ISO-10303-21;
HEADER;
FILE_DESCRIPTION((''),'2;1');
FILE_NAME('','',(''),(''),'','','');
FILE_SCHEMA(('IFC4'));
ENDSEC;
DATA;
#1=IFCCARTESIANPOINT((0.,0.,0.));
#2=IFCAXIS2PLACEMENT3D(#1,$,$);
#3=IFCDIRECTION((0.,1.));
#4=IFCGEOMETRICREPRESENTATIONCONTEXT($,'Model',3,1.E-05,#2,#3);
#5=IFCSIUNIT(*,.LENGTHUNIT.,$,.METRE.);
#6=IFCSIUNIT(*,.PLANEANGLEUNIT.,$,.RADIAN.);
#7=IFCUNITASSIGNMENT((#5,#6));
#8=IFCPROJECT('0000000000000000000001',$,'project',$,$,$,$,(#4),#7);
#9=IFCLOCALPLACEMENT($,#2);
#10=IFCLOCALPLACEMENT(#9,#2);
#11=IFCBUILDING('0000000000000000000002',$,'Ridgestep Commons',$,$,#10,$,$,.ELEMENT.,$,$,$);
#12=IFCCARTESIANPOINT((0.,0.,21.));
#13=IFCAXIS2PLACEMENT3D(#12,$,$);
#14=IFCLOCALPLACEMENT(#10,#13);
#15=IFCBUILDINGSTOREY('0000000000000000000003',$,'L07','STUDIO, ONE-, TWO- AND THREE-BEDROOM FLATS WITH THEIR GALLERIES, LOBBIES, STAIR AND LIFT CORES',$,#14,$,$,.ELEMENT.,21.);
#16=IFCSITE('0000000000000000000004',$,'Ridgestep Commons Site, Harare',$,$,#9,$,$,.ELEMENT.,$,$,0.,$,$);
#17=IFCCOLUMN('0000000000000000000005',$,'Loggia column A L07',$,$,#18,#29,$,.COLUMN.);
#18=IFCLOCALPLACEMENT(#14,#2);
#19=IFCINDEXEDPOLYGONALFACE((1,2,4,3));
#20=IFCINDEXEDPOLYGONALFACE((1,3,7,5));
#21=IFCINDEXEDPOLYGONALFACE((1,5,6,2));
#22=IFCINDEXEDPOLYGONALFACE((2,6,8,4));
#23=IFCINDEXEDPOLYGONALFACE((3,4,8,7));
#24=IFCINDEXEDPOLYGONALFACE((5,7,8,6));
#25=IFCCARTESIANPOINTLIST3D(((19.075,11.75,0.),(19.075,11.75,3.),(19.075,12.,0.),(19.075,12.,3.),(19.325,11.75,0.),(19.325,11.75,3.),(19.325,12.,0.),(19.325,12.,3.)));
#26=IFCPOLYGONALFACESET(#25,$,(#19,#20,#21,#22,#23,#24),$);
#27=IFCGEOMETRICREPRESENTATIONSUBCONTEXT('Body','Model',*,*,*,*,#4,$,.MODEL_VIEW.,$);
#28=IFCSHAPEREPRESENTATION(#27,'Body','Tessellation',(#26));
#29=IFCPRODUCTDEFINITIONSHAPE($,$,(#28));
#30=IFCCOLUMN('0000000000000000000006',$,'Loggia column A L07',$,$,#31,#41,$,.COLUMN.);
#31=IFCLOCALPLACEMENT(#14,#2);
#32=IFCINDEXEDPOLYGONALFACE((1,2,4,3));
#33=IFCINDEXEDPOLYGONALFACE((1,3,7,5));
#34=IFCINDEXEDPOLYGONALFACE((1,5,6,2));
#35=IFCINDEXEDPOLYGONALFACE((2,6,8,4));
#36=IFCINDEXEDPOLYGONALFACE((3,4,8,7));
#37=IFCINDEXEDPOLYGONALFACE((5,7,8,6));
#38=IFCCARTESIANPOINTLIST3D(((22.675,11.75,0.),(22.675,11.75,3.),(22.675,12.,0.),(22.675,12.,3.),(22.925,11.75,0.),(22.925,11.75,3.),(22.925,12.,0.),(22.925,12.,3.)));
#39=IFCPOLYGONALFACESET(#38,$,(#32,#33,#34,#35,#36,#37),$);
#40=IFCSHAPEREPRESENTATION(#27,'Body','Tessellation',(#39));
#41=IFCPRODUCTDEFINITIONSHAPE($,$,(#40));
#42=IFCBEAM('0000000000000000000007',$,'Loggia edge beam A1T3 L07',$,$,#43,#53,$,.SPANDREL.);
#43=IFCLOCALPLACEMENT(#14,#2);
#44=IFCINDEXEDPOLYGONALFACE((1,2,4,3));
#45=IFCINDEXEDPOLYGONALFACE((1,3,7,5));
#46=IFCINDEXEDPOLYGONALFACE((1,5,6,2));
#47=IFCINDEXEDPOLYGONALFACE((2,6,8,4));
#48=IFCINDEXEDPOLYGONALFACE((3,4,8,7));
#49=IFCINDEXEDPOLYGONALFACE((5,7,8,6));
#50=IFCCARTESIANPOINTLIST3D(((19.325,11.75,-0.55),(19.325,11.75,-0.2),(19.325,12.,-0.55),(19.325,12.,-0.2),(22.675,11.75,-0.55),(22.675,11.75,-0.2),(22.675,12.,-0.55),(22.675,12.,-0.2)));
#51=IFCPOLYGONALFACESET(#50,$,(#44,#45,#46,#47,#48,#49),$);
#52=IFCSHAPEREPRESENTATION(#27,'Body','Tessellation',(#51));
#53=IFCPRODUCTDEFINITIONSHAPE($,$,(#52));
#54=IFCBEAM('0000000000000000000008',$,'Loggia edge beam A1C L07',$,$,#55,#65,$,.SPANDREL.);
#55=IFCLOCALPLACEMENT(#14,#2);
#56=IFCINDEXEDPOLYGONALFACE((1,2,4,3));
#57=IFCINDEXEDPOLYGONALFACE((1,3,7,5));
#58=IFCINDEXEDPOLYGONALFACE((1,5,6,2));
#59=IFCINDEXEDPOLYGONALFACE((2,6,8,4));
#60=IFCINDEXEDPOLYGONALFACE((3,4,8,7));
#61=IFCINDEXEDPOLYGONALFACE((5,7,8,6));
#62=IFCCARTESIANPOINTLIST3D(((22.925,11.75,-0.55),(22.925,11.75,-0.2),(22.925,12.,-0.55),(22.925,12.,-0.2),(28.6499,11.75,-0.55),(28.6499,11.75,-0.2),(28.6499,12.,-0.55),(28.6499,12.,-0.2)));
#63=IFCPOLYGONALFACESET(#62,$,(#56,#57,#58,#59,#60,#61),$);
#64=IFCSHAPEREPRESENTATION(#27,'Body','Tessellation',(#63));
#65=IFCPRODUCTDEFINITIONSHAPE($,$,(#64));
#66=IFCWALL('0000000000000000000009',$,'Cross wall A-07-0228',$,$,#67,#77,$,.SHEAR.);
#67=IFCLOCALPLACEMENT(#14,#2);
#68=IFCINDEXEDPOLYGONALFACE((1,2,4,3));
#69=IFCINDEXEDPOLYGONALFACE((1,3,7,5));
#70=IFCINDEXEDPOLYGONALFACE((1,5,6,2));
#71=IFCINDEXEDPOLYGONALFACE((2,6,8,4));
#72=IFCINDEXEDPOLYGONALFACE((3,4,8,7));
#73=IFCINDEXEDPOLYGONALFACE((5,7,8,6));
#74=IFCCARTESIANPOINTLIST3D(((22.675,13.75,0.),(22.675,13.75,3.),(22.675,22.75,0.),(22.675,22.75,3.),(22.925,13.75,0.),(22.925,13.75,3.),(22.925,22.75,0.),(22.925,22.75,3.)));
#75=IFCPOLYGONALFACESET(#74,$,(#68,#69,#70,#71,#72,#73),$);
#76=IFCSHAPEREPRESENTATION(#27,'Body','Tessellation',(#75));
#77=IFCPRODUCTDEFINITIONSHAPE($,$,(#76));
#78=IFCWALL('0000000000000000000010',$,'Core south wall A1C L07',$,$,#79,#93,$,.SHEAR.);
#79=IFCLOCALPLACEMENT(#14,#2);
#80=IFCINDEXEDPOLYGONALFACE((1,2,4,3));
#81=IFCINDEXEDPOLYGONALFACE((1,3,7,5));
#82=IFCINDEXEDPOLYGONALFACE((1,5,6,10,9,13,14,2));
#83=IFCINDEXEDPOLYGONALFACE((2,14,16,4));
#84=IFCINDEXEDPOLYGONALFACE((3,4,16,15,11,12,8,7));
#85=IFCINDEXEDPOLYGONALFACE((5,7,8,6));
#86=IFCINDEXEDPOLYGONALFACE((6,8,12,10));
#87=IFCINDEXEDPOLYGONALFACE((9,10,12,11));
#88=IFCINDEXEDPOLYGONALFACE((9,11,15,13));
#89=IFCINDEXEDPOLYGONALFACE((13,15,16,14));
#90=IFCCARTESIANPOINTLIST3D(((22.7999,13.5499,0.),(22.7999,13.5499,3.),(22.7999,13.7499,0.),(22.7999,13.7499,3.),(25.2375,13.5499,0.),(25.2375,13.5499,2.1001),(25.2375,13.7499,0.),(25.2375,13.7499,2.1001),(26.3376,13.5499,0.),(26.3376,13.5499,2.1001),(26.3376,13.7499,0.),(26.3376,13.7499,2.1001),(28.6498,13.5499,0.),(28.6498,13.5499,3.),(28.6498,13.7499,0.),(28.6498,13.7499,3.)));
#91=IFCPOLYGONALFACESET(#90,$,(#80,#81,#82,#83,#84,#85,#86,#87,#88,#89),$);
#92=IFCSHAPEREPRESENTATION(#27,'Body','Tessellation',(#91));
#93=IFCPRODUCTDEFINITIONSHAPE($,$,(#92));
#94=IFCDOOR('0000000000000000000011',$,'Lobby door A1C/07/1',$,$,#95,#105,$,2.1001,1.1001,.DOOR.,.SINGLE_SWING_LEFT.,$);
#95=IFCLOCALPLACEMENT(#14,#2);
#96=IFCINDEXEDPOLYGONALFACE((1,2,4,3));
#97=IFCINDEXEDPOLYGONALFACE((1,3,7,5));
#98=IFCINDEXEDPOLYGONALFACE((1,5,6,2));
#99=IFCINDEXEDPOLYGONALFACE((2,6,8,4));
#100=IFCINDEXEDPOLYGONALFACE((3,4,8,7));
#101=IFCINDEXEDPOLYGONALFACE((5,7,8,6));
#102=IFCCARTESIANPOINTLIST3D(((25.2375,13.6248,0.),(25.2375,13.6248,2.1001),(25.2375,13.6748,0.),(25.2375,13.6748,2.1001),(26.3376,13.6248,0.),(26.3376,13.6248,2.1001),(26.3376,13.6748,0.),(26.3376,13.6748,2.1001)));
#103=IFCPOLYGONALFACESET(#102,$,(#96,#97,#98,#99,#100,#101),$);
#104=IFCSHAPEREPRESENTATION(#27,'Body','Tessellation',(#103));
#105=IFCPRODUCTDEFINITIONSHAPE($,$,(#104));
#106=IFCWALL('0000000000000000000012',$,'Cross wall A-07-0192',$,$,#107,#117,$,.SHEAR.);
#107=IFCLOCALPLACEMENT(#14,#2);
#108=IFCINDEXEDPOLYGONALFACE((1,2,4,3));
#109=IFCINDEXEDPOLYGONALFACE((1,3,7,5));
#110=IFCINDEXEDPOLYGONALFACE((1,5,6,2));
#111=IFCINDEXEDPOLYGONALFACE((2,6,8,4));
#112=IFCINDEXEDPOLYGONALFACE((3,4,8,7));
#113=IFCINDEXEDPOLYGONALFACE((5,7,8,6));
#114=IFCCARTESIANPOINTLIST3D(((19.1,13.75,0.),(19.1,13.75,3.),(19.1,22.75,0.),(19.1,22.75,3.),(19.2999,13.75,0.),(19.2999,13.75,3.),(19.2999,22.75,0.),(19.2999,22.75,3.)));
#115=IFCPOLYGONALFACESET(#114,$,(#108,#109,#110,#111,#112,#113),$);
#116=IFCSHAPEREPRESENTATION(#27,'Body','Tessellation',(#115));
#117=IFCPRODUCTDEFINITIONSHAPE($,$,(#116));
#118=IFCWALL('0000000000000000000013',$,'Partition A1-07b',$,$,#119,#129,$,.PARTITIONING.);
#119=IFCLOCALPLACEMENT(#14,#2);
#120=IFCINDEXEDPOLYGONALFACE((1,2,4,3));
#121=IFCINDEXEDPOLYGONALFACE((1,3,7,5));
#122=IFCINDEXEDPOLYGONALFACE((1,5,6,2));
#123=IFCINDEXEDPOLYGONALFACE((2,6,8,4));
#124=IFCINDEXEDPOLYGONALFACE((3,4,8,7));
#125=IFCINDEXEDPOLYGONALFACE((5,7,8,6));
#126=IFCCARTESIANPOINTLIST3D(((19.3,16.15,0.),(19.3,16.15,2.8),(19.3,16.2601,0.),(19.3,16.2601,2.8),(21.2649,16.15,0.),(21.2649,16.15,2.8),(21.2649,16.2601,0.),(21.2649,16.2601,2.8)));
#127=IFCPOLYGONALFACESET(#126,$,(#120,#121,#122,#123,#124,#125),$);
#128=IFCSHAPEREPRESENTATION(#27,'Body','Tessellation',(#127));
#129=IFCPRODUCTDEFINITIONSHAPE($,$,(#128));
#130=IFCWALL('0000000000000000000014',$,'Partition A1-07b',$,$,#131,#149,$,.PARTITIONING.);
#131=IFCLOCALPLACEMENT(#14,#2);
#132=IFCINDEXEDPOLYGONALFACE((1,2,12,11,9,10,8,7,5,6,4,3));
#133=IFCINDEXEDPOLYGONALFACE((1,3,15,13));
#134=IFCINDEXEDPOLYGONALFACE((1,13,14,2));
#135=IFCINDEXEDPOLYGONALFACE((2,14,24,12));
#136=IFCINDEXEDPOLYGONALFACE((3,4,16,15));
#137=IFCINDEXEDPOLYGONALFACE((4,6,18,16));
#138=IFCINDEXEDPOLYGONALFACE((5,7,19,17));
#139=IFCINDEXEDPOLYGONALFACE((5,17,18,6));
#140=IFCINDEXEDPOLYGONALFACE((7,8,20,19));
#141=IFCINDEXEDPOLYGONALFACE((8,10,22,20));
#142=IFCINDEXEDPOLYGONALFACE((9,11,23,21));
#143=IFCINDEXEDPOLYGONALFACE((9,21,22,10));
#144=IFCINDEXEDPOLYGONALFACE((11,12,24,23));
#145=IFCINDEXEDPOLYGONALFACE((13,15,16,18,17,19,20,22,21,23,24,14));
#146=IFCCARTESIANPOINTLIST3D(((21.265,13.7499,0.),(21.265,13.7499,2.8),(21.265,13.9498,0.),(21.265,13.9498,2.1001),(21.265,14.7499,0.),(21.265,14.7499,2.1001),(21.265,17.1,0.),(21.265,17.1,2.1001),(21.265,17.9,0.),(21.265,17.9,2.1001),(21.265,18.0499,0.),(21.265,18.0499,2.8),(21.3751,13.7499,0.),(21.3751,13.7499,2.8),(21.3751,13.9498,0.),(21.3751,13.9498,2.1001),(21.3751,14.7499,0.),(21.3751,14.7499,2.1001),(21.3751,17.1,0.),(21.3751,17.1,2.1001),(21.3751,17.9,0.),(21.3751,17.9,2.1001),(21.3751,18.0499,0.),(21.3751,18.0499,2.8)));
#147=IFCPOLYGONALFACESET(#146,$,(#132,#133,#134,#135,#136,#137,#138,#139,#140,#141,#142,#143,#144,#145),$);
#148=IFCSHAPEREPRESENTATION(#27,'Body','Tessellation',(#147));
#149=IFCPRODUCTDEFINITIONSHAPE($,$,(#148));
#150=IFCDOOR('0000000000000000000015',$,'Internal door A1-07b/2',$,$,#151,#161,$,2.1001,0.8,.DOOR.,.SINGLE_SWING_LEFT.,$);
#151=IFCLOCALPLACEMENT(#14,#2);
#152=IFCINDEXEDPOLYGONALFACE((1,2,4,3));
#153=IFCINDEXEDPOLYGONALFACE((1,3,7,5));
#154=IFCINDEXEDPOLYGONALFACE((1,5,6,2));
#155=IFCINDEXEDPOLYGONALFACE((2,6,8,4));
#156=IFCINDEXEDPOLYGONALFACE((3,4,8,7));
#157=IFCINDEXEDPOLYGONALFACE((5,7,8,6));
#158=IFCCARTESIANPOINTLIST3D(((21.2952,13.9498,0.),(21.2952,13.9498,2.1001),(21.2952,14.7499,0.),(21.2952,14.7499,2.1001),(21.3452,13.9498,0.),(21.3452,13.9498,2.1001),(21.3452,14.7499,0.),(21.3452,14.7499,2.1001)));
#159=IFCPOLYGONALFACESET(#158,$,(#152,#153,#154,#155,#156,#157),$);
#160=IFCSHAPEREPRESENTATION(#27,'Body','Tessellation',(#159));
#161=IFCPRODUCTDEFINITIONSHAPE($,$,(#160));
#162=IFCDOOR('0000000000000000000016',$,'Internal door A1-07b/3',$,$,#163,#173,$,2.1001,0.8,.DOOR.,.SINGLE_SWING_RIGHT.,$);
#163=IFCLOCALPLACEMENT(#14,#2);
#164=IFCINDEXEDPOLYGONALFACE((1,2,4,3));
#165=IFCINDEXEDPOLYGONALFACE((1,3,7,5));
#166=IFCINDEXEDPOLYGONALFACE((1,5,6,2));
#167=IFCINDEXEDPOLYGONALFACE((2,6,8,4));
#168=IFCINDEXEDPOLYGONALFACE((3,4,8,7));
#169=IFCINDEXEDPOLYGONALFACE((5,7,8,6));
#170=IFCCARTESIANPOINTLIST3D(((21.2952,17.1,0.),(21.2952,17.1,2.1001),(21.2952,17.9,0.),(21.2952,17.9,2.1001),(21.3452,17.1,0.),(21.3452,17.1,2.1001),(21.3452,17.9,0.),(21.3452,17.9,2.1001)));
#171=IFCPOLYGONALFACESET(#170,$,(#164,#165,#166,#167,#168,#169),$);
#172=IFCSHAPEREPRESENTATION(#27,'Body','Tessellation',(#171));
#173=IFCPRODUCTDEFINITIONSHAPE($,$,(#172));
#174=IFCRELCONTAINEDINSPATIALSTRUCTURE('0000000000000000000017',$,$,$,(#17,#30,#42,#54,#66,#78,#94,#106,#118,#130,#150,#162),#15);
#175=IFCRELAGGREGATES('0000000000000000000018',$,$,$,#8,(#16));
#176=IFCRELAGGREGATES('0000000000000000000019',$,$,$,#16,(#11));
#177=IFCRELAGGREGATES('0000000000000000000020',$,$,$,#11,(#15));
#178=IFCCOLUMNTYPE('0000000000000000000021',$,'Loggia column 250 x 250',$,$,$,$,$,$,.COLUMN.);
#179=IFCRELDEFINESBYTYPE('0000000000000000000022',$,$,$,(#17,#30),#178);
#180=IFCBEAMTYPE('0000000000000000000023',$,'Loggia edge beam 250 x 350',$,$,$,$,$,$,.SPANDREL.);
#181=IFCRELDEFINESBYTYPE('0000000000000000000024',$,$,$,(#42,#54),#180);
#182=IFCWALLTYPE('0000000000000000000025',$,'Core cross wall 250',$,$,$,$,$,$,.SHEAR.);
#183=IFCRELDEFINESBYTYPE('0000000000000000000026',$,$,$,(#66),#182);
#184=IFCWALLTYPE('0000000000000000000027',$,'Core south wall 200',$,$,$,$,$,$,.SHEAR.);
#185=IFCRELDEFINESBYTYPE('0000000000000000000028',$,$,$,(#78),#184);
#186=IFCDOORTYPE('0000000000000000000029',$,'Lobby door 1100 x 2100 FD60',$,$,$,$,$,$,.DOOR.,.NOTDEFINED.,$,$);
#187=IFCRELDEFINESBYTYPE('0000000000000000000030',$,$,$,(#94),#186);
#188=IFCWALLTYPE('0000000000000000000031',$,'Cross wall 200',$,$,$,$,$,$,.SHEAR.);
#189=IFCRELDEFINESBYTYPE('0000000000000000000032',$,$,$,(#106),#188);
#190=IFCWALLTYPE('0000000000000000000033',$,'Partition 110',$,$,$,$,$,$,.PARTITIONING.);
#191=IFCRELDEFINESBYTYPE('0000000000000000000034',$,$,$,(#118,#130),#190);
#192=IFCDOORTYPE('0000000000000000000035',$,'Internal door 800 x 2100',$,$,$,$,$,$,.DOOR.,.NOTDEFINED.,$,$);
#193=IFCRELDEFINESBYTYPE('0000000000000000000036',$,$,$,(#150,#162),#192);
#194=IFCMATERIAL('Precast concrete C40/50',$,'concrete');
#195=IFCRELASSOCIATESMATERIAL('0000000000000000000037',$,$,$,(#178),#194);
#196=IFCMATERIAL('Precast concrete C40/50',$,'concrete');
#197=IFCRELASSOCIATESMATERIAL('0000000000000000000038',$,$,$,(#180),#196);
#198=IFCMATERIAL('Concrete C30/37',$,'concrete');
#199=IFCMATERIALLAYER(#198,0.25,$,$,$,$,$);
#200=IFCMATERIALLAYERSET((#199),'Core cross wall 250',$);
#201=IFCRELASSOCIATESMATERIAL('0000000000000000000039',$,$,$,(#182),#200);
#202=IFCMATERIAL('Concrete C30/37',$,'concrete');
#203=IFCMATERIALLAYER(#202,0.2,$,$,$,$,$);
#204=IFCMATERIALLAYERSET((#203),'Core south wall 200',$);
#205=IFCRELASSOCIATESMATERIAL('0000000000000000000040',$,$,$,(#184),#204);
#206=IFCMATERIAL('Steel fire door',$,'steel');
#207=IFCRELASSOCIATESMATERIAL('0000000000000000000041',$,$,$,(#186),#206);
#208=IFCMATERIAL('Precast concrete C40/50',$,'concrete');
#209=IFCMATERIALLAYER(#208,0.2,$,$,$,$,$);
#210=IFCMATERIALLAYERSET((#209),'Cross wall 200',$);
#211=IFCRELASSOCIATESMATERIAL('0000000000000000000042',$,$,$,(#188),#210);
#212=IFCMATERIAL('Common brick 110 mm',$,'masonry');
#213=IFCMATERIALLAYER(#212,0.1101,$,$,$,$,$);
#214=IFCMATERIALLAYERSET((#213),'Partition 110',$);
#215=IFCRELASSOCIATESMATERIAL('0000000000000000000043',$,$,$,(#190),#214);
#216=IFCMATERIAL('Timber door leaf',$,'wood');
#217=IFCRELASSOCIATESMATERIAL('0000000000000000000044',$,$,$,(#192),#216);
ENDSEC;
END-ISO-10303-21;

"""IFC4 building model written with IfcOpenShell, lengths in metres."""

from ifc_helpers import new_model, si_unit, direction, frame, frame_2d, origin, origin_2d, place, context, subcontext, project, spatial, rectangle, extrude, material, layer, layer_set, material_profile, profile_set, type_object, element, fill, save


model = new_model("IFC4")

# Units and contexts
model_context = context("Model", 3, precision=1e-05, world=origin(), true_north=direction((0.0, 1.0)))
body_context = subcontext(model_context, "Body", "Model", "MODEL_VIEW")
ifc_project = project(units=[si_unit("LENGTHUNIT", "METRE"), si_unit("PLANEANGLEUNIT", "RADIAN")], contexts=[model_context])

# Site, building, storey
site_placement = place(None, origin())
site = spatial("IfcSite", under=ifc_project, at=site_placement, Name="Ridgestep Commons Site, Harare", CompositionType="ELEMENT", RefElevation=0.0)
building_placement = place(site_placement, origin())
building = spatial("IfcBuilding", under=site, at=building_placement, Name="Ridgestep Commons", CompositionType="ELEMENT")
storey_placement = place(building_placement, frame((0.0, 0.0, 21.0)))
storey = spatial("IfcBuildingStorey", under=building, at=storey_placement, Name="L07", Description="STUDIO, ONE-, TWO- AND THREE-BEDROOM FLATS WITH THEIR GALLERIES, LOBBIES, STAIR AND LIFT CORES", CompositionType="ELEMENT", Elevation=21.0)

# Columns
ifc_material_1 = material(Name="Precast concrete C40/50", Category="concrete")
ifc_material_profile_1 = material_profile(ifc_material_1, rectangle(XDim=0.25, YDim=0.25, at=origin_2d()), Name="PC 250x250")
ifc_profile_set_1 = profile_set([ifc_material_profile_1], Name="Precast concrete C40/50")
column_type = type_object("IfcColumnType", Name="Loggia column 250 x 250", PredefinedType="COLUMN", material=ifc_profile_set_1)
for number, where, z_axis, x_axis, name in (
    (1, (19.2, 11.875, 0.0), (0.0, 0.0, 1.0), (1.0, 0.0, 0.0), "Loggia column A L07"),
    (2, (22.8, 11.875, 0.0), (0.0, 0.0, 1.0), (1.0, 0.0, 0.0), "Loggia column A L07"),
):
    element("IfcColumn", number, at=place(storey_placement, frame(where, z_axis=z_axis, x_axis=x_axis)), inside=storey, type_object=column_type, Name=name, PredefinedType="COLUMN", context=body_context, shape_type="SweptSolid", body=[
        extrude(rectangle(XDim=0.25, YDim=0.25, at=origin_2d()), origin(), (0.0, 0.0, 1.0), 3.0),
    ])

# Beams
ifc_material_2 = material(Name="Precast concrete C40/50", Category="concrete")
ifc_material_profile_2 = material_profile(ifc_material_2, rectangle(XDim=0.25, YDim=0.3501, at=origin_2d()), Name="PC 250x350")
ifc_profile_set_2 = profile_set([ifc_material_profile_2], Name="Precast concrete C40/50")
beam_type = type_object("IfcBeamType", Name="Loggia edge beam 250 x 350", PredefinedType="SPANDREL", material=ifc_profile_set_2)
beam_1_placement = place(storey_placement, frame((19.325, 11.875, -0.375), z_axis=(1.0, 0.0, 0.0), x_axis=(0.0, 1.0, 0.0)))
element("IfcBeam", 3, at=beam_1_placement, inside=storey, type_object=beam_type, Name="Loggia edge beam A1T3 L07", PredefinedType="SPANDREL", context=body_context, shape_type="SweptSolid", body=[
    extrude(rectangle(XDim=0.25, YDim=0.3501, at=origin_2d()), origin(), (0.0, 0.0, 1.0), 3.3501),
])
beam_2_placement = place(storey_placement, frame((22.925, 11.875, -0.375), z_axis=(1.0, 0.0, 0.0), x_axis=(0.0, 1.0, 0.0)))
element("IfcBeam", 4, at=beam_2_placement, inside=storey, type_object=beam_type, Name="Loggia edge beam A1C L07", PredefinedType="SPANDREL", context=body_context, shape_type="SweptSolid", body=[
    extrude(rectangle(XDim=0.25, YDim=0.3501, at=origin_2d()), origin(), (0.0, 0.0, 1.0), 5.7249),
])

# Wall
ifc_material_3 = material(Name="Concrete C30/37", Category="concrete")
ifc_layer_1 = layer(ifc_material_3, 0.25)
ifc_layer_set_1 = layer_set([ifc_layer_1], Name="Core cross wall 250")
wall_type_1 = type_object("IfcWallType", Name="Core cross wall 250", PredefinedType="SHEAR", material=ifc_layer_set_1)
wall_1_placement = place(storey_placement, frame((22.8, 13.75, 0.0), z_axis=(0.0, 0.0, 1.0), x_axis=(0.0, 1.0, 0.0)))
element("IfcWall", 5, at=wall_1_placement, inside=storey, type_object=wall_type_1, Name="Cross wall A-07-0228", PredefinedType="SHEAR", context=body_context, shape_type="SweptSolid", body=[
    extrude(rectangle(XDim=9.0, YDim=0.25, at=frame_2d((4.5, 0.0))), origin(), (0.0, 0.0, 1.0), 3.0),
])

# Wall, opening, door
ifc_material_4 = material(Name="Concrete C30/37", Category="concrete")
ifc_layer_2 = layer(ifc_material_4, 0.2)
ifc_layer_set_2 = layer_set([ifc_layer_2], Name="Core south wall 200")
wall_type_2 = type_object("IfcWallType", Name="Core south wall 200", PredefinedType="SHEAR", material=ifc_layer_set_2)
wall_2_placement = place(storey_placement, frame((22.8, 13.6499, 0.0), z_axis=(0.0, 0.0, 1.0), x_axis=(1.0, 0.0, 0.0)))
wall_2 = element("IfcWall", 6, at=wall_2_placement, inside=storey, type_object=wall_type_2, Name="Core south wall A1C L07", PredefinedType="SHEAR", context=body_context, shape_type="SweptSolid", body=[
    extrude(rectangle(XDim=5.8499, YDim=0.2, at=frame_2d((2.9248, 0.0))), origin(), (0.0, 0.0, 1.0), 3.0),
])
opening_1_placement = place(wall_2_placement, frame((2.4375, 0.0, 0.0)))
opening_1 = element("IfcOpeningElement", 7, at=opening_1_placement, cuts=wall_2, PredefinedType="OPENING", context=body_context, shape_type="SweptSolid", body=[
    extrude(rectangle(XDim=1.1001, YDim=2.1001, at=frame_2d((0.55, 1.05))), frame((0.0, 0.1099, 0.0), z_axis=(0.0, -1.0, 0.0), x_axis=(1.0, 0.0, 0.0)), (0.0, 0.0, 1.0), 0.22),
])
ifc_material_5 = material(Name="Steel fire door", Category="steel")
door_type_1 = type_object("IfcDoorType", Name="Lobby door 1100 x 2100 FD60", OperationType="NOTDEFINED", PredefinedType="DOOR", material=ifc_material_5)
door_1_placement = place(opening_1_placement, origin())
door_1 = element("IfcDoor", 8, at=door_1_placement, inside=storey, type_object=door_type_1, Name="Lobby door A1C/07/1", OperationType="SINGLE_SWING_LEFT", OverallHeight=2.1001, OverallWidth=1.1001, PredefinedType="DOOR", context=body_context, shape_type="SweptSolid", body=[
    extrude(rectangle(XDim=1.1001, YDim=2.1001, at=frame_2d((0.55, 1.05))), frame((0.0, 0.0249, 0.0), z_axis=(0.0, -1.0, 0.0), x_axis=(1.0, 0.0, 0.0)), (0.0, 0.0, 1.0), 0.05),
])
fill(opening_1, door_1)

# Walls
ifc_material_6 = material(Name="Precast concrete C40/50", Category="concrete")
ifc_layer_3 = layer(ifc_material_6, 0.2)
ifc_layer_set_3 = layer_set([ifc_layer_3], Name="Cross wall 200")
wall_type_3 = type_object("IfcWallType", Name="Cross wall 200", PredefinedType="SHEAR", material=ifc_layer_set_3)
wall_3_placement = place(storey_placement, frame((19.2, 13.75, 0.0), z_axis=(0.0, 0.0, 1.0), x_axis=(0.0, 1.0, 0.0)))
element("IfcWall", 9, at=wall_3_placement, inside=storey, type_object=wall_type_3, Name="Cross wall A-07-0192", PredefinedType="SHEAR", context=body_context, shape_type="SweptSolid", body=[
    extrude(rectangle(XDim=9.0, YDim=0.2, at=frame_2d((4.5, 0.0))), origin(), (0.0, 0.0, 1.0), 3.0),
])
ifc_material_7 = material(Name="Common brick 110 mm", Category="masonry")
ifc_layer_4 = layer(ifc_material_7, 0.1101)
ifc_layer_set_4 = layer_set([ifc_layer_4], Name="Partition 110")
wall_type_4 = type_object("IfcWallType", Name="Partition 110", PredefinedType="PARTITIONING", material=ifc_layer_set_4)
wall_4_placement = place(storey_placement, frame((19.3, 16.2051, 0.0), z_axis=(0.0, 0.0, 1.0), x_axis=(1.0, 0.0, 0.0)))
element("IfcWall", 10, at=wall_4_placement, inside=storey, type_object=wall_type_4, Name="Partition A1-07b", PredefinedType="PARTITIONING", context=body_context, shape_type="SweptSolid", body=[
    extrude(rectangle(XDim=1.9648, YDim=0.1101, at=frame_2d((0.9824, 0.0))), origin(), (0.0, 0.0, 1.0), 2.8),
])

# Wall, openings, doors
wall_5_placement = place(storey_placement, frame((21.3201, 13.75, 0.0), z_axis=(0.0, 0.0, 1.0), x_axis=(0.0, 1.0, 0.0)))
wall_5 = element("IfcWall", 11, at=wall_5_placement, inside=storey, type_object=wall_type_4, Name="Partition A1-07b", PredefinedType="PARTITIONING", context=body_context, shape_type="SweptSolid", body=[
    extrude(rectangle(XDim=4.3, YDim=0.1101, at=frame_2d((2.1499, 0.0))), origin(), (0.0, 0.0, 1.0), 2.8),
])
opening_2_placement = place(wall_5_placement, frame((0.2, 0.0, 0.0)))
opening_2 = element("IfcOpeningElement", 12, at=opening_2_placement, cuts=wall_5, PredefinedType="OPENING", context=body_context, shape_type="SweptSolid", body=[
    extrude(rectangle(XDim=0.8, YDim=2.1001, at=frame_2d((0.3999, 1.05))), frame((0.0, 0.0649, 0.0), z_axis=(0.0, -1.0, 0.0), x_axis=(1.0, 0.0, 0.0)), (0.0, 0.0, 1.0), 0.1301),
])
opening_3_placement = place(wall_5_placement, frame((3.3501, 0.0, 0.0)))
opening_3 = element("IfcOpeningElement", 13, at=opening_3_placement, cuts=wall_5, PredefinedType="OPENING", context=body_context, shape_type="SweptSolid", body=[
    extrude(rectangle(XDim=0.8, YDim=2.1001, at=frame_2d((0.3999, 1.05))), frame((0.0, 0.0649, 0.0), z_axis=(0.0, -1.0, 0.0), x_axis=(1.0, 0.0, 0.0)), (0.0, 0.0, 1.0), 0.1301),
])
ifc_material_8 = material(Name="Timber door leaf", Category="wood")
door_type_2 = type_object("IfcDoorType", Name="Internal door 800 x 2100", OperationType="NOTDEFINED", PredefinedType="DOOR", material=ifc_material_8)
door_2_placement = place(opening_2_placement, origin())
door_2 = element("IfcDoor", 14, at=door_2_placement, inside=storey, type_object=door_type_2, Name="Internal door A1-07b/2", OperationType="SINGLE_SWING_LEFT", OverallHeight=2.1001, OverallWidth=0.8, PredefinedType="DOOR", context=body_context, shape_type="SweptSolid", body=[
    extrude(rectangle(XDim=0.8, YDim=2.1001, at=frame_2d((0.3999, 1.05))), frame((0.0, 0.0249, 0.0), z_axis=(0.0, -1.0, 0.0), x_axis=(1.0, 0.0, 0.0)), (0.0, 0.0, 1.0), 0.05),
])
fill(opening_2, door_2)
door_3_placement = place(opening_3_placement, origin())
door_3 = element("IfcDoor", 15, at=door_3_placement, inside=storey, type_object=door_type_2, Name="Internal door A1-07b/3", OperationType="SINGLE_SWING_RIGHT", OverallHeight=2.1001, OverallWidth=0.8, PredefinedType="DOOR", context=body_context, shape_type="SweptSolid", body=[
    extrude(rectangle(XDim=0.8, YDim=2.1001, at=frame_2d((0.3999, 1.05))), frame((0.0, 0.0249, 0.0), z_axis=(0.0, -1.0, 0.0), x_axis=(1.0, 0.0, 0.0)), (0.0, 0.0, 1.0), 0.05),
])
fill(opening_3, door_3)

save(model, "model.ifc")
